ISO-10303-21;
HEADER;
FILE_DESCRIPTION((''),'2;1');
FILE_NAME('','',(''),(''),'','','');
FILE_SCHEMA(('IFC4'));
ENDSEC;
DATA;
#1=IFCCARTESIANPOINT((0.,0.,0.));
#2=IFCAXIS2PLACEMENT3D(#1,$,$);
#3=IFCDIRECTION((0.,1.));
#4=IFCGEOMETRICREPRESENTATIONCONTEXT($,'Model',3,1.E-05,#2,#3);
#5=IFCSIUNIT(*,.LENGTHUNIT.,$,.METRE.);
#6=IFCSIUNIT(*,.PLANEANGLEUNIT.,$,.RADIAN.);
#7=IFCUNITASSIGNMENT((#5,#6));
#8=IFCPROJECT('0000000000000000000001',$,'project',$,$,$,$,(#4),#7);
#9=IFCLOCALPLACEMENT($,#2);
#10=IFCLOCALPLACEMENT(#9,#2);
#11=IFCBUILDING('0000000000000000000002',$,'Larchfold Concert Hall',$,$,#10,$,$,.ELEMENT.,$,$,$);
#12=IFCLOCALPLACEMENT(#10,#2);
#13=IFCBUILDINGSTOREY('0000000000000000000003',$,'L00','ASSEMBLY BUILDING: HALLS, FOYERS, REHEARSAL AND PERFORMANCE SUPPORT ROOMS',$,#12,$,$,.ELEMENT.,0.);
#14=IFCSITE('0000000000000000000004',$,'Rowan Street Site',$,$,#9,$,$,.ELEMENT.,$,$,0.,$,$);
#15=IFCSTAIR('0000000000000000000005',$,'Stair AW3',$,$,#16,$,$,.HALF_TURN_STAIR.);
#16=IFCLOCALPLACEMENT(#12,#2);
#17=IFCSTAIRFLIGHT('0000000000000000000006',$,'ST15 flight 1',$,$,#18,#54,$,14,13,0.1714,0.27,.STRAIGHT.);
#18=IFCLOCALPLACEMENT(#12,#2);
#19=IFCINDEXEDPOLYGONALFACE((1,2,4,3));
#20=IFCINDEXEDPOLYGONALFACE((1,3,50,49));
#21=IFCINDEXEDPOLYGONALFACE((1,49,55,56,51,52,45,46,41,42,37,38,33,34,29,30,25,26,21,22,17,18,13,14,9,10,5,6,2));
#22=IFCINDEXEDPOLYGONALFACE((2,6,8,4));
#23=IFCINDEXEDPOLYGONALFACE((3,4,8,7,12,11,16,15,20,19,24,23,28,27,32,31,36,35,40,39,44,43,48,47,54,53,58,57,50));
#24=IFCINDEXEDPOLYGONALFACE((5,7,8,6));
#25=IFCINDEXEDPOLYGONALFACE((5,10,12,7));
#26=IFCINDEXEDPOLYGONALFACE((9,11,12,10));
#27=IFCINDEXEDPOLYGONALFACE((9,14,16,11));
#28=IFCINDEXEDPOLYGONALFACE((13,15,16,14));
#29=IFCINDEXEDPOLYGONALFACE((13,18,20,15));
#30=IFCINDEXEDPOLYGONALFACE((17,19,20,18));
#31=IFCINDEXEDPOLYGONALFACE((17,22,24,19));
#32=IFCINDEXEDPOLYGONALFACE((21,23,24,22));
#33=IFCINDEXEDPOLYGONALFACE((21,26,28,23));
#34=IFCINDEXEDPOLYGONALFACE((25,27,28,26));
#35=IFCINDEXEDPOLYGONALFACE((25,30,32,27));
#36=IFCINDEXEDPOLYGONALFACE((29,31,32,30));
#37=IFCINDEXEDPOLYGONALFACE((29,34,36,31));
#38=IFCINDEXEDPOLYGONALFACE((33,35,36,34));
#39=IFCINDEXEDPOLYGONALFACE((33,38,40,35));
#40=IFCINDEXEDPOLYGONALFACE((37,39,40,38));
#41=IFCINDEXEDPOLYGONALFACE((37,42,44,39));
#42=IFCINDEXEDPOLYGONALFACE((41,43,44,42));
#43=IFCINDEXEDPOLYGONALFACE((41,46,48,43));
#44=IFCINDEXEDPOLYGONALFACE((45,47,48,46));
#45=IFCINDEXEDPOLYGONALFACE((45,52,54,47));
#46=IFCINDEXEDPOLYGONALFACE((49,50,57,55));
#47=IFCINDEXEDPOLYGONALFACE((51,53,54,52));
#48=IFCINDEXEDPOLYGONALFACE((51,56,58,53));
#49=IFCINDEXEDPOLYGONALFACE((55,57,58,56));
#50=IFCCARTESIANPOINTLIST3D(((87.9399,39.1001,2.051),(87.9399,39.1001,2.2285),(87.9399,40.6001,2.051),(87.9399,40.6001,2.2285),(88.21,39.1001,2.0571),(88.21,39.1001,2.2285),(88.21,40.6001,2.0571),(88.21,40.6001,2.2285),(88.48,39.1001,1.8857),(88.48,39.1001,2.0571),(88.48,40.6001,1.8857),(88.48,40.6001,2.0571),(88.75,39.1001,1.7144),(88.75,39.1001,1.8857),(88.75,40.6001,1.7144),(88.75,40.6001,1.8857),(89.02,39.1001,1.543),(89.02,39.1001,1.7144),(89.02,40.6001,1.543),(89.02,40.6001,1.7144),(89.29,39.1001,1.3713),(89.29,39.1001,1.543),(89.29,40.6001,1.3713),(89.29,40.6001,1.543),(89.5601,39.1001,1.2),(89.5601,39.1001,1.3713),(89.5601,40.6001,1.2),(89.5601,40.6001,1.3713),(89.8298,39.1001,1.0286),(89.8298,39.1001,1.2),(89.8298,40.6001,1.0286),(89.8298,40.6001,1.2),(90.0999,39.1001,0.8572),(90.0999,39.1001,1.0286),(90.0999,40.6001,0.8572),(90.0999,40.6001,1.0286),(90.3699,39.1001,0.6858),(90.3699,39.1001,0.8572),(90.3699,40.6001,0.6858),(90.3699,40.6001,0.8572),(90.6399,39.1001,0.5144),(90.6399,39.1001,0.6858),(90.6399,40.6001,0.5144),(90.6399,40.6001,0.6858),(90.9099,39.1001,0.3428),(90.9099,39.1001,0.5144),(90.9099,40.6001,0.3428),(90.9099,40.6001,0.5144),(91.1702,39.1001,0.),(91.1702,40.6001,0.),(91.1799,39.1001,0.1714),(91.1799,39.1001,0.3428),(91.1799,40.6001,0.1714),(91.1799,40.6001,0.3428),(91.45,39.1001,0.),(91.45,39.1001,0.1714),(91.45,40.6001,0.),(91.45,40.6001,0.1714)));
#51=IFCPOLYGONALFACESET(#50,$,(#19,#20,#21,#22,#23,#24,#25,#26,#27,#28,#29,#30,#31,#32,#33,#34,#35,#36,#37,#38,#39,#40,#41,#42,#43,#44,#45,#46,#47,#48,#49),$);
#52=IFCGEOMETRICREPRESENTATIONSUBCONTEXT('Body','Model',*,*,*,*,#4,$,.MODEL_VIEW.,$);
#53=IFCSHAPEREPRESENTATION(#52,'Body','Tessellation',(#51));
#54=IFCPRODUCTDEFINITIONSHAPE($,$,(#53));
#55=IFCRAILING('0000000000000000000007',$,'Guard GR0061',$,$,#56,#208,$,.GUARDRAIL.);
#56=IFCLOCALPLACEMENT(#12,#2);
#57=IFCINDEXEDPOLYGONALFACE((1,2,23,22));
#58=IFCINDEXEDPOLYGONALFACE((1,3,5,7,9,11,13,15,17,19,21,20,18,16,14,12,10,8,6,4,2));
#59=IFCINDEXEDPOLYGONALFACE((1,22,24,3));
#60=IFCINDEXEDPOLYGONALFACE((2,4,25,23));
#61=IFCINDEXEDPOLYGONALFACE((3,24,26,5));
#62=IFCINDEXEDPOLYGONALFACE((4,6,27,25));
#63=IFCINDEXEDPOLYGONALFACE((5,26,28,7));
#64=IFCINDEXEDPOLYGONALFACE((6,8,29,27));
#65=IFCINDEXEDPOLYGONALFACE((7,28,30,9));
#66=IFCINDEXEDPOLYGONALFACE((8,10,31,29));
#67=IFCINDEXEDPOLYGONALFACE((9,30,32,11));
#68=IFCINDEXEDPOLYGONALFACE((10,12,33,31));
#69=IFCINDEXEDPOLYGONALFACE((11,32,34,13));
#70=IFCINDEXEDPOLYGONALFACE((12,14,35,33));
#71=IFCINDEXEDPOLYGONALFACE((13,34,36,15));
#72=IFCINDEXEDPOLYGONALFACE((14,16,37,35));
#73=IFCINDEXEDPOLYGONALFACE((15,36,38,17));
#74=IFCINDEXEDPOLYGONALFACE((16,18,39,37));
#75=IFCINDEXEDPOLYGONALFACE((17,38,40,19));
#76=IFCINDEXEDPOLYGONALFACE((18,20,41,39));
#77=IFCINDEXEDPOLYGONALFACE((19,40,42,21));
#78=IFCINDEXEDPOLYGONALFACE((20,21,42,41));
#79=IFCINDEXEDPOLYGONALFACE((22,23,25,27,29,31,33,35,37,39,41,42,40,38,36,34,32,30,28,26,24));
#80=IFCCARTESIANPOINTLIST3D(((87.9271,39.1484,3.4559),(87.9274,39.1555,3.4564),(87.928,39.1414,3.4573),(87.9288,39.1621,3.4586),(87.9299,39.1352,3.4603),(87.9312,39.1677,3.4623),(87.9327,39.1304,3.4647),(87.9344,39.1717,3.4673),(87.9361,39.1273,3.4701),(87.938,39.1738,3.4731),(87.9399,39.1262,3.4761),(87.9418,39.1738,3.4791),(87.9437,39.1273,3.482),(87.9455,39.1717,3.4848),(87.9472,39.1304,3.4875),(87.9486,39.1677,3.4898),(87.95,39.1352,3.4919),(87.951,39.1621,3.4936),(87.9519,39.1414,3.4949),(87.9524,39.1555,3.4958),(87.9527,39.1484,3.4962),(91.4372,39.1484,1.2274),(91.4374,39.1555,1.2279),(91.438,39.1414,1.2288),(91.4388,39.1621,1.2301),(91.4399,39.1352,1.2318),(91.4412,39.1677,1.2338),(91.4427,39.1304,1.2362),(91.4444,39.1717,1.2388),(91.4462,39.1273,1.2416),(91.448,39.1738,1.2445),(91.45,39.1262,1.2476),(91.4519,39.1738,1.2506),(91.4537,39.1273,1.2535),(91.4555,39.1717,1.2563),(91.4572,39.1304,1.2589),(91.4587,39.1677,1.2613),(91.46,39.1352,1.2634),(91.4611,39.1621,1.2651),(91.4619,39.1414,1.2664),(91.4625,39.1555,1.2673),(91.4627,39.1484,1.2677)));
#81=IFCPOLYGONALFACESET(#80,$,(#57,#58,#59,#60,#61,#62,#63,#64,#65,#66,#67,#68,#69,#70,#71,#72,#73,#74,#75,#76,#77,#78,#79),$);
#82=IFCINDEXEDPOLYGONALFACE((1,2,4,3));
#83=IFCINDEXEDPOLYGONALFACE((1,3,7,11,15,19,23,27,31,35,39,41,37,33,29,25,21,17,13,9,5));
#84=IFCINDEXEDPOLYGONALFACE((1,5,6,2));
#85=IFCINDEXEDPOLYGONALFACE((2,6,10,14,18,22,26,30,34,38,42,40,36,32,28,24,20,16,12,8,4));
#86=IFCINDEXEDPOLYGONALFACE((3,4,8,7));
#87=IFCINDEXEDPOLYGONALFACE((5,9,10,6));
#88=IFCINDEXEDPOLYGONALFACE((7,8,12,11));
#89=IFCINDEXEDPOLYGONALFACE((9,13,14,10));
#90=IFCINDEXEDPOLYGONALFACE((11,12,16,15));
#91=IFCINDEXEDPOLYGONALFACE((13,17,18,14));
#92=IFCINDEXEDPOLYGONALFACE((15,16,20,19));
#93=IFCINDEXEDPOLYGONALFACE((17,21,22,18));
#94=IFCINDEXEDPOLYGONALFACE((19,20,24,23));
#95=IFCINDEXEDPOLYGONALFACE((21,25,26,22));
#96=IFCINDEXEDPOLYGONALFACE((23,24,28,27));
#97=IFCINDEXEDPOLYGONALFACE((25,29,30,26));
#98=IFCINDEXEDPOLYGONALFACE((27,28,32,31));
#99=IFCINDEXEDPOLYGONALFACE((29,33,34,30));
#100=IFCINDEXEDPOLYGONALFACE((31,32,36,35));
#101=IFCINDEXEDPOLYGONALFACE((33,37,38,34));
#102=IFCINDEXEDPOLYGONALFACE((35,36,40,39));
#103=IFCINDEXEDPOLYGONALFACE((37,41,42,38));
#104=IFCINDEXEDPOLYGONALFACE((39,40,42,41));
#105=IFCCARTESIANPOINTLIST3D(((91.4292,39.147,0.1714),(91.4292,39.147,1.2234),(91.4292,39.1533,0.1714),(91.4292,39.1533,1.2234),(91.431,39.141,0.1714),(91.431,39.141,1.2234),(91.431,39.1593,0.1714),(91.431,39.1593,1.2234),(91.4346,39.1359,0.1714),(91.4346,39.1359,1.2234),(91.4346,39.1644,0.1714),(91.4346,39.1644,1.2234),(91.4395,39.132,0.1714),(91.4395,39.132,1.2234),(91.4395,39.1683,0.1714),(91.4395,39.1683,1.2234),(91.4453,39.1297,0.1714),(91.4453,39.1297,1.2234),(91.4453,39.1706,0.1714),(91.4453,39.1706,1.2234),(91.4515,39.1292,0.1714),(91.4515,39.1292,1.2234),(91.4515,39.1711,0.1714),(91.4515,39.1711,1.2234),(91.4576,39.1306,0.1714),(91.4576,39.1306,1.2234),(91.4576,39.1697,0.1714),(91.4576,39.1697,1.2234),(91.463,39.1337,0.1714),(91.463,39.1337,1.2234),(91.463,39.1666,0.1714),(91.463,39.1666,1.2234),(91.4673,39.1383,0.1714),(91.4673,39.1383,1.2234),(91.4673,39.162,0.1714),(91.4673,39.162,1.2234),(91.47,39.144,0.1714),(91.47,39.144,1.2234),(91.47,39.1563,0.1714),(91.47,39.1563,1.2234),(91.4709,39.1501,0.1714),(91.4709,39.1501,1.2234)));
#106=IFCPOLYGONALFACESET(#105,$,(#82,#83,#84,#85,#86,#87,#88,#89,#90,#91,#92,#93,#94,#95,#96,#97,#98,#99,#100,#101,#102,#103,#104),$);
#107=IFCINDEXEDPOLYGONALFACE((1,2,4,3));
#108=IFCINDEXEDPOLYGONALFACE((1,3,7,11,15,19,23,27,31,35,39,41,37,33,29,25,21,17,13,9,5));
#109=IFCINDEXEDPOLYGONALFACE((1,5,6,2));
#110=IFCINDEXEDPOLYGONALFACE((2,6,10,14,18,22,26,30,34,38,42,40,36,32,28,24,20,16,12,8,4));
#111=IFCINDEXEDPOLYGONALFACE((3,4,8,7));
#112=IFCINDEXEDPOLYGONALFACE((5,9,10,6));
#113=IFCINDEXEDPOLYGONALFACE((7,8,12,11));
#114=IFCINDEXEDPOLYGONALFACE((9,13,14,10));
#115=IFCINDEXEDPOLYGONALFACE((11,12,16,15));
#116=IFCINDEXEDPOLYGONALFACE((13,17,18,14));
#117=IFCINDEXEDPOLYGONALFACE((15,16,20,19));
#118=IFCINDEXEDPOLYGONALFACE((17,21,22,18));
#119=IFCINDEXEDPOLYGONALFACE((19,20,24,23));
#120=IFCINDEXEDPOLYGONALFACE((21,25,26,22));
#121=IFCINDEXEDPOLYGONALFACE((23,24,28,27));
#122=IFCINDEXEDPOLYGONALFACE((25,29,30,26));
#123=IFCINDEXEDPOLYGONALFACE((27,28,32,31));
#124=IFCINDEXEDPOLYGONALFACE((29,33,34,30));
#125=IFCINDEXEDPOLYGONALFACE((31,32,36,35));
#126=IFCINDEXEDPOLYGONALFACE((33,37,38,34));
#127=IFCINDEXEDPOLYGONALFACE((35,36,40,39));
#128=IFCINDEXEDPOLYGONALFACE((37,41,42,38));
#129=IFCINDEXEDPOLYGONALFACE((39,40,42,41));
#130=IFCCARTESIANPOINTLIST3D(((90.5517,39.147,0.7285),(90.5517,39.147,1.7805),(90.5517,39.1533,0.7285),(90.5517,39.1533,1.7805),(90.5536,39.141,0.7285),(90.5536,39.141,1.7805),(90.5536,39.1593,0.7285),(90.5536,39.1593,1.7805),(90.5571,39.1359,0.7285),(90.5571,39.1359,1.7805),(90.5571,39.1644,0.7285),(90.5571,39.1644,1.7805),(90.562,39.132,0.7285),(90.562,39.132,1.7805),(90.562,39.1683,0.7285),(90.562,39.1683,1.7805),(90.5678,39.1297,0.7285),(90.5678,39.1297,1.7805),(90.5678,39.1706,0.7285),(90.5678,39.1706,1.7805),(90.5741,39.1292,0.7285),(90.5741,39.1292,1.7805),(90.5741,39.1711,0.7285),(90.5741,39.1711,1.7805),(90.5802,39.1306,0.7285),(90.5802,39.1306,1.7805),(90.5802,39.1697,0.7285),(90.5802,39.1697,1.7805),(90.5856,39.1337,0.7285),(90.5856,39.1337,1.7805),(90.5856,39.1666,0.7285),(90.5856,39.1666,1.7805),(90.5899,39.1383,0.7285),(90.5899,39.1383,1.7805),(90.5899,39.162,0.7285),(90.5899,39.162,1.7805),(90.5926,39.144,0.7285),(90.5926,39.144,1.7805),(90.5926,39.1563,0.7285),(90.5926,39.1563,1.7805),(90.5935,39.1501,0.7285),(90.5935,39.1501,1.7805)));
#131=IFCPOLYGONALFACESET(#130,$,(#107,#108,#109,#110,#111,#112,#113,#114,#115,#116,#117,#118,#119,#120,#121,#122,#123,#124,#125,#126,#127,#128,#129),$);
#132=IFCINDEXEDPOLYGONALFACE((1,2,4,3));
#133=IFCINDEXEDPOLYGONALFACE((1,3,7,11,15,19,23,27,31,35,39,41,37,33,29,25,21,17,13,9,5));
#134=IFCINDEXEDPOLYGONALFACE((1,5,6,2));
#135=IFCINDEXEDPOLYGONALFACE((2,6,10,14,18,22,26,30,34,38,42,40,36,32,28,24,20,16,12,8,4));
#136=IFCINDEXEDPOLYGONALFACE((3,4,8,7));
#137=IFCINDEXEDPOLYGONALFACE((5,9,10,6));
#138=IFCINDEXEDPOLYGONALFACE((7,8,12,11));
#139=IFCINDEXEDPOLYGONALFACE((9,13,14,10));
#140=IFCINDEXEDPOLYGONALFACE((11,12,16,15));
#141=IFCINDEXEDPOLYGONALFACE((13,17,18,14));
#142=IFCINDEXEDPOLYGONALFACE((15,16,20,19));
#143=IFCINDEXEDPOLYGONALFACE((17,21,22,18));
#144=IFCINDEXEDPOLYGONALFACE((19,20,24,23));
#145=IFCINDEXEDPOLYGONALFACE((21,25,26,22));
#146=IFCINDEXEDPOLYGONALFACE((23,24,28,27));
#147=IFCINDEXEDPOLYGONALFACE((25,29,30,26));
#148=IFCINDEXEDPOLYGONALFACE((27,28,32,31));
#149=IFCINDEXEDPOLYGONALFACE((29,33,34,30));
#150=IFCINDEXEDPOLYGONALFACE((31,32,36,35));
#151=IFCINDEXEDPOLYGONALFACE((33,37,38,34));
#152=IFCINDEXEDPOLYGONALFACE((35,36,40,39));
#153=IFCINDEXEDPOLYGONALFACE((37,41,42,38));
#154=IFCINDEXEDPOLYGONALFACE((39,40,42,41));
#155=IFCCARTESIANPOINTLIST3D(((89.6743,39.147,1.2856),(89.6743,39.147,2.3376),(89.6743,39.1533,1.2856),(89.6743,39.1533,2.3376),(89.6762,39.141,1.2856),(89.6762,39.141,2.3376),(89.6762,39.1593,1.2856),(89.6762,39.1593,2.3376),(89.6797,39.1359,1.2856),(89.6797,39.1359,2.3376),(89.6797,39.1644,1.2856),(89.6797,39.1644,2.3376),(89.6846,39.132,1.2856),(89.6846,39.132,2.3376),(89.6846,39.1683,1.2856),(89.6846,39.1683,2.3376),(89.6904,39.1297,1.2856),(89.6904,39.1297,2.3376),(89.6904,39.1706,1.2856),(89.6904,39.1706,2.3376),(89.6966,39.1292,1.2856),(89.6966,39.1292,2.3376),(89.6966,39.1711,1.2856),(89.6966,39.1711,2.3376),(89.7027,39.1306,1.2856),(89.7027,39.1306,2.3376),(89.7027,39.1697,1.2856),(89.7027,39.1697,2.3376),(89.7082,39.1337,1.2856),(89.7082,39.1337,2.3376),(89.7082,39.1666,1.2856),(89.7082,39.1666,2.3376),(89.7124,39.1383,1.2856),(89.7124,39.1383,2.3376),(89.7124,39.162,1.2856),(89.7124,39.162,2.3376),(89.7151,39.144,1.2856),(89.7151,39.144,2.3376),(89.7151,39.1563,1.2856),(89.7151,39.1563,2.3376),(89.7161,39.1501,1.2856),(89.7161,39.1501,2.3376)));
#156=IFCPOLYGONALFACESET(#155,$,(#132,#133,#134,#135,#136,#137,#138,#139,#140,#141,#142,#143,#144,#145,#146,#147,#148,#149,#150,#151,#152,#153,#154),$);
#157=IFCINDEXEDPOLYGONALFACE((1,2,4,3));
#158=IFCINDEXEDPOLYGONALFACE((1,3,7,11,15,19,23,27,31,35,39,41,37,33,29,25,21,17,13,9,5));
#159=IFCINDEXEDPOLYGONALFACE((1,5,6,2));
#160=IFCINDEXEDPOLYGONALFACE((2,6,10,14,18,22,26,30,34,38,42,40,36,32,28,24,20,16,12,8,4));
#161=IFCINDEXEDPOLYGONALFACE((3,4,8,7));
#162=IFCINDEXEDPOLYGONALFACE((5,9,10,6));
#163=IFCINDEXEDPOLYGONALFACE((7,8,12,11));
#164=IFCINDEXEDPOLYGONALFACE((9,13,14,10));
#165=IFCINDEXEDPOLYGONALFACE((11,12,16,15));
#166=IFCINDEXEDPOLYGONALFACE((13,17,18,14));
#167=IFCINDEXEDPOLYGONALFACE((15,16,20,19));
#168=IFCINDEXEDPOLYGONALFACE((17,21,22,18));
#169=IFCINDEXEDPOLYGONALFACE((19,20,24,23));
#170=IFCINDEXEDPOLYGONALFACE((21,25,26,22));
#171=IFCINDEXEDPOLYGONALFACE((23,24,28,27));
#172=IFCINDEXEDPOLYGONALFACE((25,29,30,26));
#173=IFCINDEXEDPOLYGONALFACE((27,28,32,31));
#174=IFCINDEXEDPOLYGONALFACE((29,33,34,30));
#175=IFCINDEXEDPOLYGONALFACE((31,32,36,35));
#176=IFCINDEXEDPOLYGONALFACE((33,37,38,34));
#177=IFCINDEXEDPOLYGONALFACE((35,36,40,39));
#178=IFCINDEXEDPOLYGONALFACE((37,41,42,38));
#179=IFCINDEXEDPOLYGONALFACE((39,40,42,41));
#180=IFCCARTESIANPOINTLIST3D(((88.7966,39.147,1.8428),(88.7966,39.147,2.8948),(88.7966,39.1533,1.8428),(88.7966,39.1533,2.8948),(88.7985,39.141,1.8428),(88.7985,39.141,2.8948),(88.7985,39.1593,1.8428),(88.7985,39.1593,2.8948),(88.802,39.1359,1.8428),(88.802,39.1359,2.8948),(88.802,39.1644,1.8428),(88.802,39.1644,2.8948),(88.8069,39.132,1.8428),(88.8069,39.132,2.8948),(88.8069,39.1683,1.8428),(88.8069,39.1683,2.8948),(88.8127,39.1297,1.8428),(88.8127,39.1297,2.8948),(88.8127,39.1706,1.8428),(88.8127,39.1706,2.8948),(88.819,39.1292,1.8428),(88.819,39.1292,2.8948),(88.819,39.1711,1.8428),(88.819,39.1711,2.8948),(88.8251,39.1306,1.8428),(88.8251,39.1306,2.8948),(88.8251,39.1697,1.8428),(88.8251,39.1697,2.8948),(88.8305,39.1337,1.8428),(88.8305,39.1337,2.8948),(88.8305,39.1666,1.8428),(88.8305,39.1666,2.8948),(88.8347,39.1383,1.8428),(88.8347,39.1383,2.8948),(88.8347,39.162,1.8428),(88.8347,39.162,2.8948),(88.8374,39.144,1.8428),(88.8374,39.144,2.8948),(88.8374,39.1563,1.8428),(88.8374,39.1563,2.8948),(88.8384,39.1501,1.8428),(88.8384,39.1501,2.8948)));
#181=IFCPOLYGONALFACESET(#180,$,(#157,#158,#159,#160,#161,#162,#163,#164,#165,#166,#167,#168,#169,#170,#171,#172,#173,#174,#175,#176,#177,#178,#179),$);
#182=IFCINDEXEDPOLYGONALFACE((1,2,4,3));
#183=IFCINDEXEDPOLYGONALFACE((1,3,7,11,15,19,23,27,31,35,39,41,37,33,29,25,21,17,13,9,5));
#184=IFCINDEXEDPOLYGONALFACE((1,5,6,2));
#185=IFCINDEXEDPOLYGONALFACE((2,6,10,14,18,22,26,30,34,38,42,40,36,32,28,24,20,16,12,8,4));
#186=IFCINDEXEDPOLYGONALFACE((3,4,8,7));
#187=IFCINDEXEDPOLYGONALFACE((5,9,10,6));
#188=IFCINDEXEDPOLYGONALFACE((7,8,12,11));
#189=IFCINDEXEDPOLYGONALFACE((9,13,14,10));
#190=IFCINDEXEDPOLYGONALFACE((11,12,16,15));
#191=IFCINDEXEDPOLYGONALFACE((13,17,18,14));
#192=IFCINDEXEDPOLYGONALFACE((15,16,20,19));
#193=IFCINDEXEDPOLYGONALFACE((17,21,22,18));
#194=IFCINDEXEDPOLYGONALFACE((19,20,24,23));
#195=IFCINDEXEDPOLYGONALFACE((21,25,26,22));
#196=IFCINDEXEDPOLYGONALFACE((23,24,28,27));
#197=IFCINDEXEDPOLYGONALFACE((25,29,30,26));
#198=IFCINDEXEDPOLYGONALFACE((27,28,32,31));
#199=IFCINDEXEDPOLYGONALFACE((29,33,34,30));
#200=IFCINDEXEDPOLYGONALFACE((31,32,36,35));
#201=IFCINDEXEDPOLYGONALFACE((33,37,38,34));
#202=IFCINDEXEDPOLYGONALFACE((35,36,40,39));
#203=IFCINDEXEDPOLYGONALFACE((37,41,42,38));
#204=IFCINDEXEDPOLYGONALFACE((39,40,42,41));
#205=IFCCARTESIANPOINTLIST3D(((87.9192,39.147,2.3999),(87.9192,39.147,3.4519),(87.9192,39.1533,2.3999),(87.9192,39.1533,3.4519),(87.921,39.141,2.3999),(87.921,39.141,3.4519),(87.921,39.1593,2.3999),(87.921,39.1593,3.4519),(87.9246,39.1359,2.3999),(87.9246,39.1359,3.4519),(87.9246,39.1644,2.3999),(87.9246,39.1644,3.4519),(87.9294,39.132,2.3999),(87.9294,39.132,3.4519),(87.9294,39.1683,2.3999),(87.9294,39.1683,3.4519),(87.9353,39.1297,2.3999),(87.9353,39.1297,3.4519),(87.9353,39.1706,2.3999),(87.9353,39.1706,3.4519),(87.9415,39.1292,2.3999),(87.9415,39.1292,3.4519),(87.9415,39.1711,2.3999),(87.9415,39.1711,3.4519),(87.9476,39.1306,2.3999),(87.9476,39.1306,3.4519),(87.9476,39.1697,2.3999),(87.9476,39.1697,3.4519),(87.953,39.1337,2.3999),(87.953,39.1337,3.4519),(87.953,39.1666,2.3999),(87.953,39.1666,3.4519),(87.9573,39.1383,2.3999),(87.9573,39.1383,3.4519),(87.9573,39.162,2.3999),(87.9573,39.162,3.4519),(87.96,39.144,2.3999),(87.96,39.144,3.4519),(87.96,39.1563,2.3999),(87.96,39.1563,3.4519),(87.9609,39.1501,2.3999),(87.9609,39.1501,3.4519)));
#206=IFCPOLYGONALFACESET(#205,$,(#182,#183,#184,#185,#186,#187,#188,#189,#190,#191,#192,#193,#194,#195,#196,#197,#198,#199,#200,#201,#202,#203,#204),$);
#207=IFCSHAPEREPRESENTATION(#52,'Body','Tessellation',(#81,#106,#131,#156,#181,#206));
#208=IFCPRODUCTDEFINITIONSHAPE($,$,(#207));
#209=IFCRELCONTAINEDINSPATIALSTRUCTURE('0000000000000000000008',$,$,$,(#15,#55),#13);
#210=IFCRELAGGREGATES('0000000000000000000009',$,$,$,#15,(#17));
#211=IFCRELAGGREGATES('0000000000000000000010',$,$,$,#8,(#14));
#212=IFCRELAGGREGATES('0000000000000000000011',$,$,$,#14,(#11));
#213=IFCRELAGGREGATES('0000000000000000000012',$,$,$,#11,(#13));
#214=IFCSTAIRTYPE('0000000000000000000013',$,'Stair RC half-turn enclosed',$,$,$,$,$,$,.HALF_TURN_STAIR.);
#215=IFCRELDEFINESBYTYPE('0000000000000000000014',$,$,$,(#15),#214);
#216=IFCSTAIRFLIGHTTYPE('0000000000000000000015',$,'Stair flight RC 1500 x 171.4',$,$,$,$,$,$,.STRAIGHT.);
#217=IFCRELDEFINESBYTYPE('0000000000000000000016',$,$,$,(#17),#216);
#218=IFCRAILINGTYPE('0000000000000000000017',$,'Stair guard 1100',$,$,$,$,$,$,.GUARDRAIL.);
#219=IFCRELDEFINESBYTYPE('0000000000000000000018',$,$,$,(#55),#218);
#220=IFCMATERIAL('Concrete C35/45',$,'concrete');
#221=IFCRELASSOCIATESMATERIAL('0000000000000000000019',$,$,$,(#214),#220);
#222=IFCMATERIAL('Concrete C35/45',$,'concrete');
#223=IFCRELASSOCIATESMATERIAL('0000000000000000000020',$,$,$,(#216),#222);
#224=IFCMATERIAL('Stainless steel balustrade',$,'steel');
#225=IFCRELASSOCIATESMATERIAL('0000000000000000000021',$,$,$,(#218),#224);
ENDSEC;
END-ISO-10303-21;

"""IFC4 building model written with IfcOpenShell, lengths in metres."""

from ifc_helpers import new_model, si_unit, direction, frame, origin, origin_2d, place, context, subcontext, project, spatial, polyline, circle, outline, extrude, material, type_object, element, aggregate, save


model = new_model("IFC4")

# Units and contexts
model_context = context("Model", 3, precision=1e-05, world=origin(), true_north=direction((0.0, 1.0)))
body_context = subcontext(model_context, "Body", "Model", "MODEL_VIEW")
ifc_project = project(units=[si_unit("LENGTHUNIT", "METRE"), si_unit("PLANEANGLEUNIT", "RADIAN")], contexts=[model_context])

# Site, building, storey
site_placement = place(None, origin())
site = spatial("IfcSite", under=ifc_project, at=site_placement, Name="Rowan Street Site", CompositionType="ELEMENT", RefElevation=0.0)
building_placement = place(site_placement, origin())
building = spatial("IfcBuilding", under=site, at=building_placement, Name="Larchfold Concert Hall", CompositionType="ELEMENT")
storey_placement = place(building_placement, origin())
storey = spatial("IfcBuildingStorey", under=building, at=storey_placement, Name="L00", Description="ASSEMBLY BUILDING: HALLS, FOYERS, REHEARSAL AND PERFORMANCE SUPPORT ROOMS", CompositionType="ELEMENT", Elevation=0.0)

# Stair, stair flight
ifc_material_1 = material(Name="Concrete C35/45", Category="concrete")
stair_type = type_object("IfcStairType", Name="Stair RC half-turn enclosed", PredefinedType="HALF_TURN_STAIR", material=ifc_material_1)
stair_placement = place(storey_placement, origin())
stair = element("IfcStair", 1, at=stair_placement, inside=storey, type_object=stair_type, Name="Stair AW3", PredefinedType="HALF_TURN_STAIR")
ifc_material_2 = material(Name="Concrete C35/45", Category="concrete")
stair_flight_type = type_object("IfcStairFlightType", Name="Stair flight RC 1500 x 171.4", PredefinedType="STRAIGHT", material=ifc_material_2)
stair_flight_placement = place(storey_placement, frame((91.45, 39.8501, 0.0), z_axis=(0.0, 0.0, 1.0), x_axis=(-1.0, 0.0, 0.0)))
stair_flight = element("IfcStairFlight", 2, at=stair_flight_placement, type_object=stair_flight_type, Name="ST15 flight 1", NumberOfRisers=14, NumberOfTreads=13, PredefinedType="STRAIGHT", RiserHeight=0.1714, TreadLength=0.27, context=body_context, shape_type="SweptSolid", body=[
    extrude(outline(polyline([(0.0, 0.0), (0.0, 0.1714), (0.27, 0.1714), (0.27, 0.3428), (0.54, 0.3428), (0.54, 0.5144), (0.8101, 0.5144), (0.8101, 0.6858), (1.0801, 0.6858), (1.0801, 0.8572), (1.3501, 0.8572), (1.3501, 1.0286), (1.6201, 1.0286), (1.6201, 1.2), (1.8899, 1.2), (1.8899, 1.3713), (2.1599, 1.3713), (2.1599, 1.543), (2.4299, 1.543), (2.4299, 1.7144), (2.7, 1.7144), (2.7, 1.8857), (2.97, 1.8857), (2.97, 2.0571), (3.24, 2.0571), (3.24, 2.2285), (3.51, 2.2285), (3.51, 2.3999), (3.51, 2.051), (0.2798, 0.0), (0.0, 0.0)])), frame((0.0, 0.75, 0.0), z_axis=(0.0, -1.0, 0.0), x_axis=(1.0, 0.0, 0.0)), (0.0, 0.0, 1.0), 1.5),
])
aggregate(stair, [stair_flight])

# Railing
ifc_material_3 = material(Name="Stainless steel balustrade", Category="steel")
railing_type_1 = type_object("IfcRailingType", Name="Stair guard 1100", PredefinedType="GUARDRAIL", material=ifc_material_3)
railing_1_placement = place(storey_placement, frame((91.45, 39.1501, 0.1714)))
element("IfcRailing", 3, at=railing_1_placement, inside=storey, type_object=railing_type_1, Name="Guard GR0061", PredefinedType="GUARDRAIL", context=body_context, shape_type="SweptSolid", body=[
    extrude(circle(Radius=0.0239, at=origin_2d()), frame((0.0, 0.0, 1.0762), z_axis=(-0.84422, 0.0, 0.535998), x_axis=(0.0, -1.0, 0.0)), (0.0, 0.0, 1.0), 4.1577),
    extrude(circle(Radius=0.021, at=origin_2d()), origin(), (0.0, 0.0, 1.0), 1.052),
    extrude(circle(Radius=0.021, at=origin_2d()), frame((-0.8774, 0.0, 0.5571)), (0.0, 0.0, 1.0), 1.052),
    extrude(circle(Radius=0.021, at=origin_2d()), frame((-1.7549, 0.0, 1.1143)), (0.0, 0.0, 1.0), 1.052),
    extrude(circle(Radius=0.021, at=origin_2d()), frame((-2.6326, 0.0, 1.6714)), (0.0, 0.0, 1.0), 1.052),
    extrude(circle(Radius=0.021, at=origin_2d()), frame((-3.51, 0.0, 2.2285)), (0.0, 0.0, 1.0), 1.052),
])

save(model, "model.ifc")
